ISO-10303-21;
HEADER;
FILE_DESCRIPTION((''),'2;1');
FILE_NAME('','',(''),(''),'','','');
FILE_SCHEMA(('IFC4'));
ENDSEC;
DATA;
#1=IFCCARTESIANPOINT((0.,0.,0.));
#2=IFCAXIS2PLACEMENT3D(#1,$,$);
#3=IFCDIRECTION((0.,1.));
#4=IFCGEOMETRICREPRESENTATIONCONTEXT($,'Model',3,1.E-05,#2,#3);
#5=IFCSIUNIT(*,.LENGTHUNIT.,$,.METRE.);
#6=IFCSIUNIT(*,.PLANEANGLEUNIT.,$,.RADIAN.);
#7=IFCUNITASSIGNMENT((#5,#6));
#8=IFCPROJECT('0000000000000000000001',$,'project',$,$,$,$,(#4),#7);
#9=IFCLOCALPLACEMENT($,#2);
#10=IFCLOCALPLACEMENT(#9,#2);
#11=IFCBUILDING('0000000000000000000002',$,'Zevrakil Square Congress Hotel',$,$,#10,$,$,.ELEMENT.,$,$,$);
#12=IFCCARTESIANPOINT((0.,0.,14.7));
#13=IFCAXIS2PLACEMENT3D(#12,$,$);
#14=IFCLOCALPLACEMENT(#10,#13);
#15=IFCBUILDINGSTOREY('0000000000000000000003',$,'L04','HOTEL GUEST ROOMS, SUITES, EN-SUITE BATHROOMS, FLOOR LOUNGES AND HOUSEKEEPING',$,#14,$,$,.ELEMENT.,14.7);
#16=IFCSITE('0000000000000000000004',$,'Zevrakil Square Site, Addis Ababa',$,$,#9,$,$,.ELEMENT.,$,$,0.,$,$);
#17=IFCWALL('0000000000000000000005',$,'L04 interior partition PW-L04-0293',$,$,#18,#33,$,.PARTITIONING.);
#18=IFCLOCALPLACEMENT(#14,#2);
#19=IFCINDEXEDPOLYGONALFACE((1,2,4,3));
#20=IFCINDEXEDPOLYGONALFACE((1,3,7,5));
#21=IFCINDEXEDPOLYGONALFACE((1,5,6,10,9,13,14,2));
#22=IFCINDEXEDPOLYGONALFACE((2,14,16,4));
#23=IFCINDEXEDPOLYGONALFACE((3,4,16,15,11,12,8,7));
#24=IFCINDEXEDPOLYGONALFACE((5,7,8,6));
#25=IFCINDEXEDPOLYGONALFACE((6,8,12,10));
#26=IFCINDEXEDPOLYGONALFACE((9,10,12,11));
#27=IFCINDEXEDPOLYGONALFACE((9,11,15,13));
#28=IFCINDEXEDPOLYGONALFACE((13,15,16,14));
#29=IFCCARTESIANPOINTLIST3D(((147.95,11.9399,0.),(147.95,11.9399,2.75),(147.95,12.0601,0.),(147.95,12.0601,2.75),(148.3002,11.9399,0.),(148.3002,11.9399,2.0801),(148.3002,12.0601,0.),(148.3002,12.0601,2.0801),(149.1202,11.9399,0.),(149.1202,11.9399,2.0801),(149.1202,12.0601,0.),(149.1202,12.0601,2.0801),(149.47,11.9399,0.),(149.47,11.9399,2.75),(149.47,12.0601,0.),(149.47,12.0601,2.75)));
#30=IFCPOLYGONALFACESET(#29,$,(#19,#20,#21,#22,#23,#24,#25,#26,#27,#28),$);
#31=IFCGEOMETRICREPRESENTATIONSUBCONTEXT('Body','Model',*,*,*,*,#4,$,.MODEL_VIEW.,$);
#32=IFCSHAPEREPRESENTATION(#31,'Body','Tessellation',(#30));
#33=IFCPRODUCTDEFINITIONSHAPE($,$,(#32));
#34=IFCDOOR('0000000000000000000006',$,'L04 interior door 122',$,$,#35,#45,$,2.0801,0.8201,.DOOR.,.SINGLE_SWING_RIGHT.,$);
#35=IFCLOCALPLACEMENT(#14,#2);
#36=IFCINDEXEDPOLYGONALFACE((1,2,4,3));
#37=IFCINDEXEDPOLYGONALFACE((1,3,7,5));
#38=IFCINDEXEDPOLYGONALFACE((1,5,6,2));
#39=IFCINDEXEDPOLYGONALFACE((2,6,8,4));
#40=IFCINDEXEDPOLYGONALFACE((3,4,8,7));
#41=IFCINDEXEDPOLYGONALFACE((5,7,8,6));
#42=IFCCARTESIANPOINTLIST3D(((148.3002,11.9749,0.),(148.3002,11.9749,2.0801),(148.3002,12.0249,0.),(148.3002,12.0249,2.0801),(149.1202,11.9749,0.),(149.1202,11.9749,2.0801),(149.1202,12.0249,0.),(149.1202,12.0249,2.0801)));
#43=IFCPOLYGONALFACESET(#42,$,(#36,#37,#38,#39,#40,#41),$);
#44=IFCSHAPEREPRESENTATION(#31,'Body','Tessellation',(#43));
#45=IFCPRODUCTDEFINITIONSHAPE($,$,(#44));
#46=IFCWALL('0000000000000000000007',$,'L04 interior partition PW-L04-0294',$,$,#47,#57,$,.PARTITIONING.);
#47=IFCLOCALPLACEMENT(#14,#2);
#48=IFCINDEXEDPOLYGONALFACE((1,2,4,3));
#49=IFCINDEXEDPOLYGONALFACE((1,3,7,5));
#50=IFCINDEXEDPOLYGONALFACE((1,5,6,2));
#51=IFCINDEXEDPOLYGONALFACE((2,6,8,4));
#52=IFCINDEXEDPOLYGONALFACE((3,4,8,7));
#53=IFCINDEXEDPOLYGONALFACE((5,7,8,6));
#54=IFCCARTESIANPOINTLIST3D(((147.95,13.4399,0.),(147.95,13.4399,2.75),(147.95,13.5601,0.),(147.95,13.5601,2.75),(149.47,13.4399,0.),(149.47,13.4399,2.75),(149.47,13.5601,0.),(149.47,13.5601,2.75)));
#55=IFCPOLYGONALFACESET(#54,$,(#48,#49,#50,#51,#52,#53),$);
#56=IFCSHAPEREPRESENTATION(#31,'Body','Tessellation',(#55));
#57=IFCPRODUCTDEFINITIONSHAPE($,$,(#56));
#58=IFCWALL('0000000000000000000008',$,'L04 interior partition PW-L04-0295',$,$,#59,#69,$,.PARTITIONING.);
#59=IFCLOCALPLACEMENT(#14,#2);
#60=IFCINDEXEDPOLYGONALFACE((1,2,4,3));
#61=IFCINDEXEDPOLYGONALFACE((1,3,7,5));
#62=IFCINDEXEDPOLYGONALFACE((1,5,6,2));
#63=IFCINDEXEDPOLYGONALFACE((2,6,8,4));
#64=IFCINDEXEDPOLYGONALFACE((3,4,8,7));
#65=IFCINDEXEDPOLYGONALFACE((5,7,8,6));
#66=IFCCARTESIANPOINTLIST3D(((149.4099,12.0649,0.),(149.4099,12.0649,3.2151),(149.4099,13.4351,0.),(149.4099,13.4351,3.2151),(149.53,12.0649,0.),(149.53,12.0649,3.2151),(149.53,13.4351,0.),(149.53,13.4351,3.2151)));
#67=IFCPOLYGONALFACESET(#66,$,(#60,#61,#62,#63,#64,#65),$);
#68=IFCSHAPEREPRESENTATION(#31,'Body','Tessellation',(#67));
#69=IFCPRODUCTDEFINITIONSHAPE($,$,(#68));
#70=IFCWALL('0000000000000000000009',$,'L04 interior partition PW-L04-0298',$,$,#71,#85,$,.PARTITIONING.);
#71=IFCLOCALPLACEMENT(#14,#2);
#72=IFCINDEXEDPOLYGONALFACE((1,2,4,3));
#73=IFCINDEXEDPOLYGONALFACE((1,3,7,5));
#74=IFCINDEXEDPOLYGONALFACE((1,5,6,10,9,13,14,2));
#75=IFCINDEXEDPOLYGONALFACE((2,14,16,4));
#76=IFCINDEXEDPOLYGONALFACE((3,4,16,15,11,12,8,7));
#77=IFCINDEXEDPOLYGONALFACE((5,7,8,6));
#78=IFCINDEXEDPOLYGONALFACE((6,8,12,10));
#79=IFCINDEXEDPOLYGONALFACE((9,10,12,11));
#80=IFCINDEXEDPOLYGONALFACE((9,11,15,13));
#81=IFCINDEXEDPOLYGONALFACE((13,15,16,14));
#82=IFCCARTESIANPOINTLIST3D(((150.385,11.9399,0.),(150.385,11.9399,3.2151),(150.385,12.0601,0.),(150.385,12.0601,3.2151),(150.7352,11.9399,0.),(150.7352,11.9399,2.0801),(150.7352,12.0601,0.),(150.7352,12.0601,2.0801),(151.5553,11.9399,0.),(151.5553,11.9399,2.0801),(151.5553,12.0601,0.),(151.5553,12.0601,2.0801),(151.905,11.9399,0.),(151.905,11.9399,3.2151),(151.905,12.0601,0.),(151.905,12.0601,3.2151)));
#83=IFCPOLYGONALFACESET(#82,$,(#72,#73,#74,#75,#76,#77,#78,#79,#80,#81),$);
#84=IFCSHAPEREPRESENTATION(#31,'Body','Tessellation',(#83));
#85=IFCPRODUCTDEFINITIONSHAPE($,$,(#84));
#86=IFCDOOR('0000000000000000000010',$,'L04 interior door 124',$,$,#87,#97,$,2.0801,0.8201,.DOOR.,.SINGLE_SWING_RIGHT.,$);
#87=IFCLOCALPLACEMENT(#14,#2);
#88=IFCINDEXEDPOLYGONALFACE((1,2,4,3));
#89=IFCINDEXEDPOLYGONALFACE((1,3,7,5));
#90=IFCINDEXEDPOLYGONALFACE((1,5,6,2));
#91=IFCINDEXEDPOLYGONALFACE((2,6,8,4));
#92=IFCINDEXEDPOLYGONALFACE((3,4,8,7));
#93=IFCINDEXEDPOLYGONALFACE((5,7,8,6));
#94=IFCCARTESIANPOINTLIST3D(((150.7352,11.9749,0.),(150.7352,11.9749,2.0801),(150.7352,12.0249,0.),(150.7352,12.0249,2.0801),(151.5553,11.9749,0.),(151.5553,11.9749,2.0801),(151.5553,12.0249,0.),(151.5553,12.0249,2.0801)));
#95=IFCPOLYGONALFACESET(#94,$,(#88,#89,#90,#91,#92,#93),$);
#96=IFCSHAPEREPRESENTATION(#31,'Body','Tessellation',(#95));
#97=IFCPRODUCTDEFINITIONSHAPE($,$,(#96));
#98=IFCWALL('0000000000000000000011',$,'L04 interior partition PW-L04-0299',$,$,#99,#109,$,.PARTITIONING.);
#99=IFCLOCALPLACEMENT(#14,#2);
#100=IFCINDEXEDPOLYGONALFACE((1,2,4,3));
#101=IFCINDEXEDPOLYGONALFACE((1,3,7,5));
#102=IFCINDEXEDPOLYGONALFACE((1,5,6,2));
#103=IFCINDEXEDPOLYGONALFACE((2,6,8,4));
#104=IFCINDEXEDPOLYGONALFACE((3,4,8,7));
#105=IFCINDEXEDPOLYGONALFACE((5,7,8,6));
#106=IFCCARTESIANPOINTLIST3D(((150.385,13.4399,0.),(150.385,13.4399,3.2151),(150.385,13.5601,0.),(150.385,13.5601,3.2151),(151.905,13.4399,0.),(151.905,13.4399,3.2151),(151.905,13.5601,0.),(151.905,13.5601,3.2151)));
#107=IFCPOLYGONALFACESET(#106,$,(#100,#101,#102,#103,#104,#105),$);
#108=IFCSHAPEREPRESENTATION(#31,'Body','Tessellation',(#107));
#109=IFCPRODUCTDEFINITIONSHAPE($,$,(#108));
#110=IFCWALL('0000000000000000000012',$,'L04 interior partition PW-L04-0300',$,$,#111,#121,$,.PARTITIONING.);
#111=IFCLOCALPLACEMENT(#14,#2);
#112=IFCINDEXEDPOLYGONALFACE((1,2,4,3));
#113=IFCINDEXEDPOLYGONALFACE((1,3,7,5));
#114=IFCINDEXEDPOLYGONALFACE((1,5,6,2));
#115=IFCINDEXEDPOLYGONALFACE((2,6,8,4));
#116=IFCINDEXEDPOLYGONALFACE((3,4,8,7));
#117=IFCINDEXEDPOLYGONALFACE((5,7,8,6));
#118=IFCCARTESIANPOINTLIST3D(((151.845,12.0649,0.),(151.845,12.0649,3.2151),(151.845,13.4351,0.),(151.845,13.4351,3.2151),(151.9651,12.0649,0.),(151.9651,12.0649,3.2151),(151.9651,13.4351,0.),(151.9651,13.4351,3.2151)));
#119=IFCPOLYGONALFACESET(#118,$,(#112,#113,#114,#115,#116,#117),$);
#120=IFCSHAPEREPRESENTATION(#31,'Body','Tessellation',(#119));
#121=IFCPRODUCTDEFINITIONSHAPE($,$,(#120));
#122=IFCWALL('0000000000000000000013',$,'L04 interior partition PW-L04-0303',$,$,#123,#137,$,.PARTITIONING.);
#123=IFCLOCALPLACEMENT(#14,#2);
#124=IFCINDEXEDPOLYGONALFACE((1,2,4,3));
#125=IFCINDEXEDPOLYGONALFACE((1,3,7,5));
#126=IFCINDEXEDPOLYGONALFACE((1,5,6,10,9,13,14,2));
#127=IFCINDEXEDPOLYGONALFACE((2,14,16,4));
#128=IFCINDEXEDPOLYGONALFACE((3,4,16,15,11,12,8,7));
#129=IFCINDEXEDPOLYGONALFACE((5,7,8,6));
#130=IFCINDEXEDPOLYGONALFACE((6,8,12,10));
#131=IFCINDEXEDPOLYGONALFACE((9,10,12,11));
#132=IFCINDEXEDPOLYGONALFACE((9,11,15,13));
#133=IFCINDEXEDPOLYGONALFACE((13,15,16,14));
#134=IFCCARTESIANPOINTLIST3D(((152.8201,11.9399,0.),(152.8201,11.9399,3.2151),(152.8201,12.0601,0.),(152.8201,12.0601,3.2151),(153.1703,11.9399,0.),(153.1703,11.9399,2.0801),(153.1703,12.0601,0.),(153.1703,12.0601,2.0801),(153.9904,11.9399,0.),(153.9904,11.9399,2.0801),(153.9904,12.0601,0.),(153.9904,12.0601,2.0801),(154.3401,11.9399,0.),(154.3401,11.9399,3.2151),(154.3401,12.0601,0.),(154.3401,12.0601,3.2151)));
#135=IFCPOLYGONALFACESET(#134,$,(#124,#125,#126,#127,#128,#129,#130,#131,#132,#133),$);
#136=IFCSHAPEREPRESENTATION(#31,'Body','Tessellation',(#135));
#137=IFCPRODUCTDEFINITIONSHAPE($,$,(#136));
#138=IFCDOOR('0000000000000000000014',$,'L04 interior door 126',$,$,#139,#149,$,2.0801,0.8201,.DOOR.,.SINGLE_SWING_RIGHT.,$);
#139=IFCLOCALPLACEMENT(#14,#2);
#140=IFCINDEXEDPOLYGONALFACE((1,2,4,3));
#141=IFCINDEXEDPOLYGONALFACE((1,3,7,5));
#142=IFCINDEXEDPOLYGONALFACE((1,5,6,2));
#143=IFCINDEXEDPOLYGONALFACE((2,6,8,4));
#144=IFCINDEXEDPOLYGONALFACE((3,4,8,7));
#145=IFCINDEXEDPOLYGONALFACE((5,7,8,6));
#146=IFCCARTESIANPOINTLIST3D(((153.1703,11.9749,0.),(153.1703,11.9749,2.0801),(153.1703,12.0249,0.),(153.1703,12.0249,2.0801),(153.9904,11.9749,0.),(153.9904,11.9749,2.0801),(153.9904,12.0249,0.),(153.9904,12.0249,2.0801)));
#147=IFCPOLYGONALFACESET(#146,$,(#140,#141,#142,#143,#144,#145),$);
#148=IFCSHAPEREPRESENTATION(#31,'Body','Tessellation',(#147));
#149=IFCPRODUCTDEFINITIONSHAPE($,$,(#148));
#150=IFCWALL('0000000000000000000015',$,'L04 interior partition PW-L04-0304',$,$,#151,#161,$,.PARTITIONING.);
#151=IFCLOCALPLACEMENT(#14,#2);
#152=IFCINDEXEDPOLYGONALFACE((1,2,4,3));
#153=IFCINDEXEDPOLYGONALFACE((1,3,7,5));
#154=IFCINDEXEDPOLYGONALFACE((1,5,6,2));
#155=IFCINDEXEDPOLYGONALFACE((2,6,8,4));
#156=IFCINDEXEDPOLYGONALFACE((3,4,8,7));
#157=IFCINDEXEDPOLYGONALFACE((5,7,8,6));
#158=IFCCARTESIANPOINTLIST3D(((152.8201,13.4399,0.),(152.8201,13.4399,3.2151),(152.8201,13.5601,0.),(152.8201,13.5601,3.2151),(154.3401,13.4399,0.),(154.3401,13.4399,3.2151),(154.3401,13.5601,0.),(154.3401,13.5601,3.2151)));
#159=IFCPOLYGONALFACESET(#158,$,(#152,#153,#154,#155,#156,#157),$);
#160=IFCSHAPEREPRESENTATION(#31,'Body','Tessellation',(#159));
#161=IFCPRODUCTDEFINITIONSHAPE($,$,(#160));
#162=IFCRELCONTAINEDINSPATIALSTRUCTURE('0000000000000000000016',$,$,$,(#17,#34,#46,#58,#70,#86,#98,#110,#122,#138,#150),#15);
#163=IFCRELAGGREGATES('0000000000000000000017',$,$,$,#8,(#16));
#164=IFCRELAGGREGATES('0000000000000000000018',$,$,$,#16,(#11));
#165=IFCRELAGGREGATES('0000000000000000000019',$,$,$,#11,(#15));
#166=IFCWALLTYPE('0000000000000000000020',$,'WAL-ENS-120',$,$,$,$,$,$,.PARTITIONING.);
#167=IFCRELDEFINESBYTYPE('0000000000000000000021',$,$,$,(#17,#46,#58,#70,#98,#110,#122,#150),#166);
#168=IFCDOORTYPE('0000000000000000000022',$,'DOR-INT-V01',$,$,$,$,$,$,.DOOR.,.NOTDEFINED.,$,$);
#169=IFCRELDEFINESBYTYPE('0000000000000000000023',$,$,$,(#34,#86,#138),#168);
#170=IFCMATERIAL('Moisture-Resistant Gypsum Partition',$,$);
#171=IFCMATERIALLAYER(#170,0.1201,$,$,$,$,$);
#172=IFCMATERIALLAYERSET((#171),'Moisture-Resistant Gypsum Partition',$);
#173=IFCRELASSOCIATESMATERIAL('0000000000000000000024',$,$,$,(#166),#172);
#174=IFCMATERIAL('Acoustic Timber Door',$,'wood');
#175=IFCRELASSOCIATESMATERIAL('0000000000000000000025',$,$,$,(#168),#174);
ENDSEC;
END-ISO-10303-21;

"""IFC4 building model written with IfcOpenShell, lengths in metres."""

from ifc_helpers import new_model, si_unit, direction, frame, frame_2d, origin, place, context, subcontext, project, spatial, rectangle, extrude, material, layer, layer_set, type_object, element, fill, save


model = new_model("IFC4")

# Units and contexts
model_context = context("Model", 3, precision=1e-05, world=origin(), true_north=direction((0.0, 1.0)))
body_context = subcontext(model_context, "Body", "Model", "MODEL_VIEW")
ifc_project = project(units=[si_unit("LENGTHUNIT", "METRE"), si_unit("PLANEANGLEUNIT", "RADIAN")], contexts=[model_context])

# Site, building, storey
site_placement = place(None, origin())
site = spatial("IfcSite", under=ifc_project, at=site_placement, Name="Zevrakil Square Site, Addis Ababa", CompositionType="ELEMENT", RefElevation=0.0)
building_placement = place(site_placement, origin())
building = spatial("IfcBuilding", under=site, at=building_placement, Name="Zevrakil Square Congress Hotel", CompositionType="ELEMENT")
storey_placement = place(building_placement, frame((0.0, 0.0, 14.7)))
storey = spatial("IfcBuildingStorey", under=building, at=storey_placement, Name="L04", Description="HOTEL GUEST ROOMS, SUITES, EN-SUITE BATHROOMS, FLOOR LOUNGES AND HOUSEKEEPING", CompositionType="ELEMENT", Elevation=14.7)

# Shared definitions
ifc_material_1 = material(Name="Moisture-Resistant Gypsum Partition")
ifc_layer_1 = layer(ifc_material_1, 0.1201)
ifc_layer_set_1 = layer_set([ifc_layer_1], Name="Moisture-Resistant Gypsum Partition")
wall_type = type_object("IfcWallType", Name="WAL-ENS-120", PredefinedType="PARTITIONING", material=ifc_layer_set_1)

# Shared definitions
ifc_material_2 = material(Name="Acoustic Timber Door", Category="wood")
door_type = type_object("IfcDoorType", Name="DOR-INT-V01", OperationType="NOTDEFINED", PredefinedType="DOOR", material=ifc_material_2)

# Wall, opening, door
wall_1_placement = place(storey_placement, frame((147.95, 12.0, 0.0), z_axis=(0.0, 0.0, 1.0), x_axis=(1.0, 0.0, 0.0)))
wall_1 = element("IfcWall", 1, at=wall_1_placement, inside=storey, type_object=wall_type, Name="L04 interior partition PW-L04-0293", PredefinedType="PARTITIONING", context=body_context, shape_type="SweptSolid", body=[
    extrude(rectangle(XDim=1.52, YDim=0.1201, at=frame_2d((0.76, 0.0))), origin(), (0.0, 0.0, 1.0), 2.75),
])
opening_1_placement = place(wall_1_placement, frame((0.3501, 0.0, 0.0)))
opening_1 = element("IfcOpeningElement", 2, at=opening_1_placement, cuts=wall_1, PredefinedType="OPENING", context=body_context, shape_type="SweptSolid", body=[
    extrude(rectangle(XDim=0.8201, YDim=2.0801, at=frame_2d((0.4102, 1.04))), frame((0.0, 0.0701, 0.0), z_axis=(0.0, -1.0, 0.0), x_axis=(1.0, 0.0, 0.0)), (0.0, 0.0, 1.0), 0.1401),
])
door_1_placement = place(opening_1_placement, origin())
door_1 = element("IfcDoor", 3, at=door_1_placement, inside=storey, type_object=door_type, Name="L04 interior door 122", OperationType="SINGLE_SWING_RIGHT", OverallHeight=2.0801, OverallWidth=0.8201, PredefinedType="DOOR", context=body_context, shape_type="SweptSolid", body=[
    extrude(rectangle(XDim=0.8201, YDim=2.0801, at=frame_2d((0.4102, 1.04))), frame((0.0, 0.0249, 0.0), z_axis=(0.0, -1.0, 0.0), x_axis=(1.0, 0.0, 0.0)), (0.0, 0.0, 1.0), 0.05),
])
fill(opening_1, door_1)

# Walls
wall_2_placement = place(storey_placement, frame((147.95, 13.5, 0.0), z_axis=(0.0, 0.0, 1.0), x_axis=(1.0, 0.0, 0.0)))
element("IfcWall", 4, at=wall_2_placement, inside=storey, type_object=wall_type, Name="L04 interior partition PW-L04-0294", PredefinedType="PARTITIONING", context=body_context, shape_type="SweptSolid", body=[
    extrude(rectangle(XDim=1.52, YDim=0.1201, at=frame_2d((0.76, 0.0))), origin(), (0.0, 0.0, 1.0), 2.75),
])
wall_3_placement = place(storey_placement, frame((149.47, 12.0649, 0.0), z_axis=(0.0, 0.0, 1.0), x_axis=(0.0, 1.0, 0.0)))
element("IfcWall", 5, at=wall_3_placement, inside=storey, type_object=wall_type, Name="L04 interior partition PW-L04-0295", PredefinedType="PARTITIONING", context=body_context, shape_type="SweptSolid", body=[
    extrude(rectangle(XDim=1.3701, YDim=0.1201, at=frame_2d((0.6851, 0.0))), origin(), (0.0, 0.0, 1.0), 3.2151),
])

# Wall, opening, door
wall_4_placement = place(storey_placement, frame((150.385, 12.0, 0.0), z_axis=(0.0, 0.0, 1.0), x_axis=(1.0, 0.0, 0.0)))
wall_4 = element("IfcWall", 6, at=wall_4_placement, inside=storey, type_object=wall_type, Name="L04 interior partition PW-L04-0298", PredefinedType="PARTITIONING", context=body_context, shape_type="SweptSolid", body=[
    extrude(rectangle(XDim=1.52, YDim=0.1201, at=frame_2d((0.76, 0.0))), origin(), (0.0, 0.0, 1.0), 3.2151),
])
opening_2_placement = place(wall_4_placement, frame((0.3501, 0.0, 0.0)))
opening_2 = element("IfcOpeningElement", 7, at=opening_2_placement, cuts=wall_4, PredefinedType="OPENING", context=body_context, shape_type="SweptSolid", body=[
    extrude(rectangle(XDim=0.8201, YDim=2.0801, at=frame_2d((0.4102, 1.04))), frame((0.0, 0.0701, 0.0), z_axis=(0.0, -1.0, 0.0), x_axis=(1.0, 0.0, 0.0)), (0.0, 0.0, 1.0), 0.1401),
])
door_2_placement = place(opening_2_placement, origin())
door_2 = element("IfcDoor", 8, at=door_2_placement, inside=storey, type_object=door_type, Name="L04 interior door 124", OperationType="SINGLE_SWING_RIGHT", OverallHeight=2.0801, OverallWidth=0.8201, PredefinedType="DOOR", context=body_context, shape_type="SweptSolid", body=[
    extrude(rectangle(XDim=0.8201, YDim=2.0801, at=frame_2d((0.4102, 1.04))), frame((0.0, 0.0249, 0.0), z_axis=(0.0, -1.0, 0.0), x_axis=(1.0, 0.0, 0.0)), (0.0, 0.0, 1.0), 0.05),
])
fill(opening_2, door_2)

# Walls
wall_5_placement = place(storey_placement, frame((150.385, 13.5, 0.0), z_axis=(0.0, 0.0, 1.0), x_axis=(1.0, 0.0, 0.0)))
element("IfcWall", 9, at=wall_5_placement, inside=storey, type_object=wall_type, Name="L04 interior partition PW-L04-0299", PredefinedType="PARTITIONING", context=body_context, shape_type="SweptSolid", body=[
    extrude(rectangle(XDim=1.52, YDim=0.1201, at=frame_2d((0.76, 0.0))), origin(), (0.0, 0.0, 1.0), 3.2151),
])
wall_6_placement = place(storey_placement, frame((151.905, 12.0649, 0.0), z_axis=(0.0, 0.0, 1.0), x_axis=(0.0, 1.0, 0.0)))
element("IfcWall", 10, at=wall_6_placement, inside=storey, type_object=wall_type, Name="L04 interior partition PW-L04-0300", PredefinedType="PARTITIONING", context=body_context, shape_type="SweptSolid", body=[
    extrude(rectangle(XDim=1.3701, YDim=0.1201, at=frame_2d((0.6851, 0.0))), origin(), (0.0, 0.0, 1.0), 3.2151),
])

# Wall, opening, door
wall_7_placement = place(storey_placement, frame((152.8201, 12.0, 0.0), z_axis=(0.0, 0.0, 1.0), x_axis=(1.0, 0.0, 0.0)))
wall_7 = element("IfcWall", 11, at=wall_7_placement, inside=storey, type_object=wall_type, Name="L04 interior partition PW-L04-0303", PredefinedType="PARTITIONING", context=body_context, shape_type="SweptSolid", body=[
    extrude(rectangle(XDim=1.52, YDim=0.1201, at=frame_2d((0.76, 0.0))), origin(), (0.0, 0.0, 1.0), 3.2151),
])
opening_3_placement = place(wall_7_placement, frame((0.3501, 0.0, 0.0)))
opening_3 = element("IfcOpeningElement", 12, at=opening_3_placement, cuts=wall_7, PredefinedType="OPENING", context=body_context, shape_type="SweptSolid", body=[
    extrude(rectangle(XDim=0.8201, YDim=2.0801, at=frame_2d((0.4102, 1.04))), frame((0.0, 0.0701, 0.0), z_axis=(0.0, -1.0, 0.0), x_axis=(1.0, 0.0, 0.0)), (0.0, 0.0, 1.0), 0.1401),
])
door_3_placement = place(opening_3_placement, origin())
door_3 = element("IfcDoor", 13, at=door_3_placement, inside=storey, type_object=door_type, Name="L04 interior door 126", OperationType="SINGLE_SWING_RIGHT", OverallHeight=2.0801, OverallWidth=0.8201, PredefinedType="DOOR", context=body_context, shape_type="SweptSolid", body=[
    extrude(rectangle(XDim=0.8201, YDim=2.0801, at=frame_2d((0.4102, 1.04))), frame((0.0, 0.0249, 0.0), z_axis=(0.0, -1.0, 0.0), x_axis=(1.0, 0.0, 0.0)), (0.0, 0.0, 1.0), 0.05),
])
fill(opening_3, door_3)

# Wall
wall_8_placement = place(storey_placement, frame((152.8201, 13.5, 0.0), z_axis=(0.0, 0.0, 1.0), x_axis=(1.0, 0.0, 0.0)))
element("IfcWall", 14, at=wall_8_placement, inside=storey, type_object=wall_type, Name="L04 interior partition PW-L04-0304", PredefinedType="PARTITIONING", context=body_context, shape_type="SweptSolid", body=[
    extrude(rectangle(XDim=1.52, YDim=0.1201, at=frame_2d((0.76, 0.0))), origin(), (0.0, 0.0, 1.0), 3.2151),
])

save(model, "model.ifc")
